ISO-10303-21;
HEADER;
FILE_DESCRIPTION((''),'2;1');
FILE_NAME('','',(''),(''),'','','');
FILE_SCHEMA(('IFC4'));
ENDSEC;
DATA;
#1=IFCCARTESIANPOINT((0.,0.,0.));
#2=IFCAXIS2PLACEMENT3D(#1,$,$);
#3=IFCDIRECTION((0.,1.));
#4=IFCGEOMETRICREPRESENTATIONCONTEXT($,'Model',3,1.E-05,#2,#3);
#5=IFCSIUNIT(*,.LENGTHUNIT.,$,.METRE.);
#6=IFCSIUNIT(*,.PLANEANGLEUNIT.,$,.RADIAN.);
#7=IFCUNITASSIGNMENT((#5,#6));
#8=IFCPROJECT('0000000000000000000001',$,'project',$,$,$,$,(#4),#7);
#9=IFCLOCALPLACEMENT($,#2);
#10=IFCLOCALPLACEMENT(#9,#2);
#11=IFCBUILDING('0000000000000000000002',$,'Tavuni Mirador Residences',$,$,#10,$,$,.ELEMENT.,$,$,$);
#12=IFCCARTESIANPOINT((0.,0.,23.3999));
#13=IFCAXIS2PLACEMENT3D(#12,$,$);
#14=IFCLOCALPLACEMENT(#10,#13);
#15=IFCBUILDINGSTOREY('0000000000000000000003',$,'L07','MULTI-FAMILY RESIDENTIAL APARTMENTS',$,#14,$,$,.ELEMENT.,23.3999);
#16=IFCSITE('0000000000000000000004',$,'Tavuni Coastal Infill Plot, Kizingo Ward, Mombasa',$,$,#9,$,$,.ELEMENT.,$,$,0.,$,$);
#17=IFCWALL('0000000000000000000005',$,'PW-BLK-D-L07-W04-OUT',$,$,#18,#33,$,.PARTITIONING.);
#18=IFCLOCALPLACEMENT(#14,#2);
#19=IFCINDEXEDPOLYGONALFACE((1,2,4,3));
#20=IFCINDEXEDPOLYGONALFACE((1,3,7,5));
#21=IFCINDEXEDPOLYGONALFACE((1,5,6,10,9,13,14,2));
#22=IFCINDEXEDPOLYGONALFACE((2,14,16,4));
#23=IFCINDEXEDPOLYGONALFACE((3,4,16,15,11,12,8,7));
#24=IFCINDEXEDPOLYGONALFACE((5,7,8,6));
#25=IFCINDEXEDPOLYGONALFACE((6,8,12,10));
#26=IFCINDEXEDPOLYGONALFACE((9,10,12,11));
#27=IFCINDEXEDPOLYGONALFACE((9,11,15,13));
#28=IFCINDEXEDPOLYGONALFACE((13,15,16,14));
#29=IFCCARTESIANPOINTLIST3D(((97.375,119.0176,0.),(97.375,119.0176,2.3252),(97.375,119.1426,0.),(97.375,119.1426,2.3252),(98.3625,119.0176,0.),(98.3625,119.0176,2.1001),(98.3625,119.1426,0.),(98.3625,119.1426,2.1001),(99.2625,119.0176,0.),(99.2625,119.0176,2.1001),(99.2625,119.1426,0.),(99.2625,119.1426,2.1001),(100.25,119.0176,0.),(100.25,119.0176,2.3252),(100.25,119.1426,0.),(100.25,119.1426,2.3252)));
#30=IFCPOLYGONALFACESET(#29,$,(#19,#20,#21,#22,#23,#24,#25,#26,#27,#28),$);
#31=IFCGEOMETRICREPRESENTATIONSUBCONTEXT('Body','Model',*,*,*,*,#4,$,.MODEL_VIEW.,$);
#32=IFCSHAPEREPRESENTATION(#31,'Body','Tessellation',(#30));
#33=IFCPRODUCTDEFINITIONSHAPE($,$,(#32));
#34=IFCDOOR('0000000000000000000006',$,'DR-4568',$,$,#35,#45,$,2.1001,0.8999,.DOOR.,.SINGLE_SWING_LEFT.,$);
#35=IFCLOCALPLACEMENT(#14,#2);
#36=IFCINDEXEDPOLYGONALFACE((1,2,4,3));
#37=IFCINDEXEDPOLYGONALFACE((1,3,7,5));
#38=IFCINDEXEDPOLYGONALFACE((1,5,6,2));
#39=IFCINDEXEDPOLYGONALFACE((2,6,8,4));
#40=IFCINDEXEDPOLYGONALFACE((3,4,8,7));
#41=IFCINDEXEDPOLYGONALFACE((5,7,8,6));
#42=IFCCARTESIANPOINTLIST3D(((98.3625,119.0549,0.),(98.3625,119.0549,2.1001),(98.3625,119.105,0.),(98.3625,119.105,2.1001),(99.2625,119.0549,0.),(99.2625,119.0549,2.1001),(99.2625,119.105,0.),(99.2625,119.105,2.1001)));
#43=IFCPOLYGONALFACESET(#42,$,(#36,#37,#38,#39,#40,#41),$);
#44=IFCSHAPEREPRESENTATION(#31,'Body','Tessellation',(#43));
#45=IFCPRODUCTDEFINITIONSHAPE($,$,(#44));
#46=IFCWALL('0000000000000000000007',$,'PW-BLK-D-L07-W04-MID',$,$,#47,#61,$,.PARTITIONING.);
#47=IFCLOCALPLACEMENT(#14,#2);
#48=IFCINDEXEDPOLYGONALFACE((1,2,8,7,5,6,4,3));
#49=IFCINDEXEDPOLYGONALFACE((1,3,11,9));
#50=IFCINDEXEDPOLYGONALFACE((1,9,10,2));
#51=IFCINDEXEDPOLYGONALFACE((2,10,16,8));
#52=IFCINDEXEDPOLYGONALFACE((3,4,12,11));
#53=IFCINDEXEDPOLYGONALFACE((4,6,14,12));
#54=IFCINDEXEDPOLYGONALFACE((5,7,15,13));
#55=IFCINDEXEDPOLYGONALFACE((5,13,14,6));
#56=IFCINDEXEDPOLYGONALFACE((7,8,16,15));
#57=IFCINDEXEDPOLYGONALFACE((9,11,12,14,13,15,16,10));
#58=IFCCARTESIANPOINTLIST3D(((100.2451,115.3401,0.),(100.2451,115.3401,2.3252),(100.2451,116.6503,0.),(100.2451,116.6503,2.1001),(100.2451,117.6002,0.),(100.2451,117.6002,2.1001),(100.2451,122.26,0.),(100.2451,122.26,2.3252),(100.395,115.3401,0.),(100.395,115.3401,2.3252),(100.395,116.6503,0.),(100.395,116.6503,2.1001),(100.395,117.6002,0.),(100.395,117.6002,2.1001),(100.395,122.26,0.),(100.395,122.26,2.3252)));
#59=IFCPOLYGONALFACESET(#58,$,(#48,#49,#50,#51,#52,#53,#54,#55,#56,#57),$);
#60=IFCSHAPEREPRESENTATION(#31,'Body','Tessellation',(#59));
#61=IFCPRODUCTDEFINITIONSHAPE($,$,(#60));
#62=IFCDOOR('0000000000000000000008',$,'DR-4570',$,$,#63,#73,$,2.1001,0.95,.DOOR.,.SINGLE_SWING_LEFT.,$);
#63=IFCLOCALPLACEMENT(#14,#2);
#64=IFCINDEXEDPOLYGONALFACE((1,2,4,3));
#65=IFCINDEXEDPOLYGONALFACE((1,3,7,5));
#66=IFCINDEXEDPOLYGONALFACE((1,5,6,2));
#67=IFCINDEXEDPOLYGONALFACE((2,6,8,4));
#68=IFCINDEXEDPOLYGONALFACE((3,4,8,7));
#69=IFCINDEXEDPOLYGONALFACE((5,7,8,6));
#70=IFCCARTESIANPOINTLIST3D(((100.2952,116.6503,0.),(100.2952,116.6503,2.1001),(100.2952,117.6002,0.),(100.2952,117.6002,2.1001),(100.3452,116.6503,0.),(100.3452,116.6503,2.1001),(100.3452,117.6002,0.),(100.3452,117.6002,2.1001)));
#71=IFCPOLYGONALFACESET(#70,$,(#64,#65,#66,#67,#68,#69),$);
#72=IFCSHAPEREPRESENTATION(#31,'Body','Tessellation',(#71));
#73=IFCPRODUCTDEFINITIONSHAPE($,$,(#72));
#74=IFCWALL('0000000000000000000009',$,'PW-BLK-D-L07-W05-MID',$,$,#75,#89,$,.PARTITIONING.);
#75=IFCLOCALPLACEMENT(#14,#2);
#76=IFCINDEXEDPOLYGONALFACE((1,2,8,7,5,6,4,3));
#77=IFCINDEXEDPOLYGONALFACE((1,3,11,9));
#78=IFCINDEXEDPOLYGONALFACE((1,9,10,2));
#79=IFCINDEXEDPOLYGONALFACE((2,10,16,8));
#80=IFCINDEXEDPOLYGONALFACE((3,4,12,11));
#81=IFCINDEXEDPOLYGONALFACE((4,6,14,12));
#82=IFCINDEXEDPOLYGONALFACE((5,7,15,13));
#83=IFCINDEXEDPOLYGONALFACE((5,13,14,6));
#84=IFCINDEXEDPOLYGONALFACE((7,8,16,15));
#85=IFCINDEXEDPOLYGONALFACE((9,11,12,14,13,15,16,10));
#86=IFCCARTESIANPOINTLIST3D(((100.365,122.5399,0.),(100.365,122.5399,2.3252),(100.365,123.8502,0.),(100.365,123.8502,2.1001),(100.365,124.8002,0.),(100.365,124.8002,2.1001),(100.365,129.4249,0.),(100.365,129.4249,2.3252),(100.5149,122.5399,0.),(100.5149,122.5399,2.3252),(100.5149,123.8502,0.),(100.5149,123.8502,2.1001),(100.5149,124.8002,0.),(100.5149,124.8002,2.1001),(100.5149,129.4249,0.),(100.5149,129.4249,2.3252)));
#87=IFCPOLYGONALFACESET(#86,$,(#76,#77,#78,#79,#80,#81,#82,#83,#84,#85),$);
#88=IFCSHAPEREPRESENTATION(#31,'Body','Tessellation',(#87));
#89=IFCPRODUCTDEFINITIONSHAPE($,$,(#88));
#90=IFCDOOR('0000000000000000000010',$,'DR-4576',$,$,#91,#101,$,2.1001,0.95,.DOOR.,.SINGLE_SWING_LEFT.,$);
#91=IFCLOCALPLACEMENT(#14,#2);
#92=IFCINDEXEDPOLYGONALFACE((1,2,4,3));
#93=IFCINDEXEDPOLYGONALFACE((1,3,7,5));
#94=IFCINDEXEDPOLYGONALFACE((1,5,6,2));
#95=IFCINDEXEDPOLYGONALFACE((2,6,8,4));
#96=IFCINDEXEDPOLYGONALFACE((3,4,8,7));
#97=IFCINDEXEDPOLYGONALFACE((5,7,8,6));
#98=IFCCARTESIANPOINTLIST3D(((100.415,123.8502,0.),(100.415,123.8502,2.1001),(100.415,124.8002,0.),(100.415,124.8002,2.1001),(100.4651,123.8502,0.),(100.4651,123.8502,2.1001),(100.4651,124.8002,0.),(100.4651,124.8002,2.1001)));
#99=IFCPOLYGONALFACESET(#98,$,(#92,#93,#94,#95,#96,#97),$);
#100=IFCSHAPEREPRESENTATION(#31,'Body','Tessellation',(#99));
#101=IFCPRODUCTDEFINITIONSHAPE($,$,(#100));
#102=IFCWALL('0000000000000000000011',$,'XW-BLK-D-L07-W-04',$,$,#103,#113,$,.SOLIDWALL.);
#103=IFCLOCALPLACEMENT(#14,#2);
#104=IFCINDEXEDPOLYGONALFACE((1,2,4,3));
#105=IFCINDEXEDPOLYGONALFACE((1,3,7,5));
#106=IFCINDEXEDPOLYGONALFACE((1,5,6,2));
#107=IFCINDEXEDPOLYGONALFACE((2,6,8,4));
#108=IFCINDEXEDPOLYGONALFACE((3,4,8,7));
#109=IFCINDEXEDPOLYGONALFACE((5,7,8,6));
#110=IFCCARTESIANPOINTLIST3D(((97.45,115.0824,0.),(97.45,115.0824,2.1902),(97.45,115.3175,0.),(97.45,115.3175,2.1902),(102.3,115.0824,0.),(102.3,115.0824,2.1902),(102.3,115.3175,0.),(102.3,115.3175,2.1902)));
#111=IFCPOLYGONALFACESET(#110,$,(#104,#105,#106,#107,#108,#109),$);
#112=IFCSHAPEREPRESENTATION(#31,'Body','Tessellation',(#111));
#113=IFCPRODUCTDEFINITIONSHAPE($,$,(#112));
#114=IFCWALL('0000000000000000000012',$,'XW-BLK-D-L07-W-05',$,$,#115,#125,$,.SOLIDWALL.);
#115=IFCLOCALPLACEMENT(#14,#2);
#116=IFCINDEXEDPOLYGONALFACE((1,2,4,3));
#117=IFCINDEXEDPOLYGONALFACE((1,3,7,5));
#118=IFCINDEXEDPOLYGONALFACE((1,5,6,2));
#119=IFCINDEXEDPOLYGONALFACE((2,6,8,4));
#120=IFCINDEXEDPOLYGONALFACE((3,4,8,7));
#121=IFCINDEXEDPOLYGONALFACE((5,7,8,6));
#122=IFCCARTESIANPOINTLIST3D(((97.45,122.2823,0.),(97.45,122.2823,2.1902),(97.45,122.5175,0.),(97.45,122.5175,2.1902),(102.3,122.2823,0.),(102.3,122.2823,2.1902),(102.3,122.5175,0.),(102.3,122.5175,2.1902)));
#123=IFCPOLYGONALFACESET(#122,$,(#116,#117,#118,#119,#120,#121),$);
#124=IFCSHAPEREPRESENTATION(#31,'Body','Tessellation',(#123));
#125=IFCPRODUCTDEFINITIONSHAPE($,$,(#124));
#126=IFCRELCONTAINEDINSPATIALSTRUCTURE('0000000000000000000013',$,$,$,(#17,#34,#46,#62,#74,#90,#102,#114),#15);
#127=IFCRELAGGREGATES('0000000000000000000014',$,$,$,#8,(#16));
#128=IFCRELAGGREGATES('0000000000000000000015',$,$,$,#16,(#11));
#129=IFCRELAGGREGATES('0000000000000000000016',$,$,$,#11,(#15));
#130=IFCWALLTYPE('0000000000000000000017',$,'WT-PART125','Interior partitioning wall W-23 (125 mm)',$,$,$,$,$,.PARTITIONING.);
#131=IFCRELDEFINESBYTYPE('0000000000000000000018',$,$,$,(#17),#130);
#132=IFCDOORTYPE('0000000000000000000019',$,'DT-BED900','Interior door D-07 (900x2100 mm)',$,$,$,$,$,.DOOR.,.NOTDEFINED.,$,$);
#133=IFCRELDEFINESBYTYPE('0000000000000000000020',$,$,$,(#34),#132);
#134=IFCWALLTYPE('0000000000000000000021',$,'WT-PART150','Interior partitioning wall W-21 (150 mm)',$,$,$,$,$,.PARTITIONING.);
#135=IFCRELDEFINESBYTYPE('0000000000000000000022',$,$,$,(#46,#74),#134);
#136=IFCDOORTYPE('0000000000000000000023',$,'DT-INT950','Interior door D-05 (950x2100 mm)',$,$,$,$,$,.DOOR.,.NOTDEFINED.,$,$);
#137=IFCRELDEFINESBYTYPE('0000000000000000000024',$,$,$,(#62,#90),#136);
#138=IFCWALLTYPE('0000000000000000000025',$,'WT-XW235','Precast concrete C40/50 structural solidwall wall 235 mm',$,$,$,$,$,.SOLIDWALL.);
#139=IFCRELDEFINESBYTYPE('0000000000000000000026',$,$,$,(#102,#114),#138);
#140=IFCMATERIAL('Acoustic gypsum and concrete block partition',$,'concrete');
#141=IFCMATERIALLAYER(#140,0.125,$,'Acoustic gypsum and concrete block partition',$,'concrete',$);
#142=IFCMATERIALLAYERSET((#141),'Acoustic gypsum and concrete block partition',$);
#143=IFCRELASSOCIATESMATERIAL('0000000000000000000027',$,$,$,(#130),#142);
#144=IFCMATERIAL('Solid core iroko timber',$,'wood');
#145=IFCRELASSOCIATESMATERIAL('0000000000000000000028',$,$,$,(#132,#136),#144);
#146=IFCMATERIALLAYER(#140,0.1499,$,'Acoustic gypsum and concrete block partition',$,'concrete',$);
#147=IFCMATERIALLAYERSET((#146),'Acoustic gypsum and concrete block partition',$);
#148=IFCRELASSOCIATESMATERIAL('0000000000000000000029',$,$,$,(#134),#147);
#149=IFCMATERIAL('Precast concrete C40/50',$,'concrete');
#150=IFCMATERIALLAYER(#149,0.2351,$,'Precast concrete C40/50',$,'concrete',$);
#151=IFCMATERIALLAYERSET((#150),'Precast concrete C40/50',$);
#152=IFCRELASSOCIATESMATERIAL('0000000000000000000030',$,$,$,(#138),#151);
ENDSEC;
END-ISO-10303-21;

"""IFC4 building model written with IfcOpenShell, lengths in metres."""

from ifc_helpers import new_model, si_unit, direction, frame, frame_2d, origin, place, context, subcontext, project, spatial, rectangle, extrude, material, layer, layer_set, type_object, element, fill, save


model = new_model("IFC4")

# Units and contexts
model_context = context("Model", 3, precision=1e-05, world=origin(), true_north=direction((0.0, 1.0)))
body_context = subcontext(model_context, "Body", "Model", "MODEL_VIEW")
ifc_project = project(units=[si_unit("LENGTHUNIT", "METRE"), si_unit("PLANEANGLEUNIT", "RADIAN")], contexts=[model_context])

# Site, building, storey
site_placement = place(None, origin())
site = spatial("IfcSite", under=ifc_project, at=site_placement, Name="Tavuni Coastal Infill Plot, Kizingo Ward, Mombasa", CompositionType="ELEMENT", RefElevation=0.0)
building_placement = place(site_placement, origin())
building = spatial("IfcBuilding", under=site, at=building_placement, Name="Tavuni Mirador Residences", CompositionType="ELEMENT")
storey_placement = place(building_placement, frame((0.0, 0.0, 23.3999)))
storey = spatial("IfcBuildingStorey", under=building, at=storey_placement, Name="L07", Description="MULTI-FAMILY RESIDENTIAL APARTMENTS", CompositionType="ELEMENT", Elevation=23.3999)

# Shared definitions
ifc_material_1 = material(Name="Precast concrete C40/50", Category="concrete")

# Shared definitions
ifc_material_2 = material(Name="Solid core iroko timber", Category="wood")

# Walls, openings, doors
ifc_material_3 = material(Name="Acoustic gypsum and concrete block partition", Category="concrete")
ifc_layer_1 = layer(ifc_material_3, 0.125, Name="Acoustic gypsum and concrete block partition", Category="concrete")
ifc_layer_set_1 = layer_set([ifc_layer_1], Name="Acoustic gypsum and concrete block partition")
wall_type_1 = type_object("IfcWallType", Name="WT-PART125", Description="Interior partitioning wall W-23 (125 mm)", PredefinedType="PARTITIONING", material=ifc_layer_set_1)
wall_1_placement = place(storey_placement, frame((97.375, 119.0801, 0.0), z_axis=(0.0, 0.0, 1.0), x_axis=(1.0, 0.0, 0.0)))
wall_1 = element("IfcWall", 1, at=wall_1_placement, inside=storey, type_object=wall_type_1, Name="PW-BLK-D-L07-W04-OUT", PredefinedType="PARTITIONING", context=body_context, shape_type="SweptSolid", body=[
    extrude(rectangle(XDim=2.875, YDim=0.125, at=frame_2d((1.4375, 0.0))), origin(), (0.0, 0.0, 1.0), 2.3252),
])
opening_1_placement = place(wall_1_placement, frame((0.9875, 0.0, 0.0)))
opening_1 = element("IfcOpeningElement", 2, at=opening_1_placement, cuts=wall_1, PredefinedType="OPENING", context=body_context, shape_type="SweptSolid", body=[
    extrude(rectangle(XDim=0.8999, YDim=2.1001, at=frame_2d((0.45, 1.05))), frame((0.0, 0.0725, 0.0), z_axis=(0.0, -1.0, 0.0), x_axis=(1.0, 0.0, 0.0)), (0.0, 0.0, 1.0), 0.145),
])
door_type_1 = type_object("IfcDoorType", Name="DT-BED900", Description="Interior door D-07 (900x2100 mm)", OperationType="NOTDEFINED", PredefinedType="DOOR", material=ifc_material_2)
door_1_placement = place(opening_1_placement, origin())
door_1 = element("IfcDoor", 3, at=door_1_placement, inside=storey, type_object=door_type_1, Name="DR-4568", OperationType="SINGLE_SWING_LEFT", OverallHeight=2.1001, OverallWidth=0.8999, PredefinedType="DOOR", context=body_context, shape_type="SweptSolid", body=[
    extrude(rectangle(XDim=0.8999, YDim=2.1001, at=frame_2d((0.45, 1.05))), frame((0.0, 0.0249, 0.0), z_axis=(0.0, -1.0, 0.0), x_axis=(1.0, 0.0, 0.0)), (0.0, 0.0, 1.0), 0.05),
])
fill(opening_1, door_1)
ifc_layer_2 = layer(ifc_material_3, 0.1499, Name="Acoustic gypsum and concrete block partition", Category="concrete")
ifc_layer_set_2 = layer_set([ifc_layer_2], Name="Acoustic gypsum and concrete block partition")
wall_type_2 = type_object("IfcWallType", Name="WT-PART150", Description="Interior partitioning wall W-21 (150 mm)", PredefinedType="PARTITIONING", material=ifc_layer_set_2)
wall_2_placement = place(storey_placement, frame((100.3201, 115.3401, 0.0), z_axis=(0.0, 0.0, 1.0), x_axis=(0.0, 1.0, 0.0)))
wall_2 = element("IfcWall", 4, at=wall_2_placement, inside=storey, type_object=wall_type_2, Name="PW-BLK-D-L07-W04-MID", PredefinedType="PARTITIONING", context=body_context, shape_type="SweptSolid", body=[
    extrude(rectangle(XDim=6.9199, YDim=0.1499, at=frame_2d((3.46, 0.0))), origin(), (0.0, 0.0, 1.0), 2.3252),
])
opening_2_placement = place(wall_2_placement, frame((1.3101, 0.0, 0.0)))
opening_2 = element("IfcOpeningElement", 5, at=opening_2_placement, cuts=wall_2, PredefinedType="OPENING", context=body_context, shape_type="SweptSolid", body=[
    extrude(rectangle(XDim=0.95, YDim=2.1001, at=frame_2d((0.4751, 1.05))), frame((0.0, 0.085, 0.0), z_axis=(0.0, -1.0, 0.0), x_axis=(1.0, 0.0, 0.0)), (0.0, 0.0, 1.0), 0.1699),
])
door_type_2 = type_object("IfcDoorType", Name="DT-INT950", Description="Interior door D-05 (950x2100 mm)", OperationType="NOTDEFINED", PredefinedType="DOOR", material=ifc_material_2)
door_2_placement = place(opening_2_placement, origin())
door_2 = element("IfcDoor", 6, at=door_2_placement, inside=storey, type_object=door_type_2, Name="DR-4570", OperationType="SINGLE_SWING_LEFT", OverallHeight=2.1001, OverallWidth=0.95, PredefinedType="DOOR", context=body_context, shape_type="SweptSolid", body=[
    extrude(rectangle(XDim=0.95, YDim=2.1001, at=frame_2d((0.4751, 1.05))), frame((0.0, 0.0249, 0.0), z_axis=(0.0, -1.0, 0.0), x_axis=(1.0, 0.0, 0.0)), (0.0, 0.0, 1.0), 0.05),
])
fill(opening_2, door_2)
wall_3_placement = place(storey_placement, frame((100.4399, 122.54, 0.0), z_axis=(0.0, 0.0, 1.0), x_axis=(0.0, 1.0, 0.0)))
wall_3 = element("IfcWall", 7, at=wall_3_placement, inside=storey, type_object=wall_type_2, Name="PW-BLK-D-L07-W05-MID", PredefinedType="PARTITIONING", context=body_context, shape_type="SweptSolid", body=[
    extrude(rectangle(XDim=6.885, YDim=0.1499, at=frame_2d((3.4424, 0.0))), origin(), (0.0, 0.0, 1.0), 2.3252),
])
opening_3_placement = place(wall_3_placement, frame((1.3101, 0.0, 0.0)))
opening_3 = element("IfcOpeningElement", 8, at=opening_3_placement, cuts=wall_3, PredefinedType="OPENING", context=body_context, shape_type="SweptSolid", body=[
    extrude(rectangle(XDim=0.95, YDim=2.1001, at=frame_2d((0.4751, 1.05))), frame((0.0, 0.085, 0.0), z_axis=(0.0, -1.0, 0.0), x_axis=(1.0, 0.0, 0.0)), (0.0, 0.0, 1.0), 0.1699),
])
door_3_placement = place(opening_3_placement, origin())
door_3 = element("IfcDoor", 9, at=door_3_placement, inside=storey, type_object=door_type_2, Name="DR-4576", OperationType="SINGLE_SWING_LEFT", OverallHeight=2.1001, OverallWidth=0.95, PredefinedType="DOOR", context=body_context, shape_type="SweptSolid", body=[
    extrude(rectangle(XDim=0.95, YDim=2.1001, at=frame_2d((0.4751, 1.05))), frame((0.0, 0.0249, 0.0), z_axis=(0.0, -1.0, 0.0), x_axis=(1.0, 0.0, 0.0)), (0.0, 0.0, 1.0), 0.05),
])
fill(opening_3, door_3)

# Walls
ifc_layer_3 = layer(ifc_material_1, 0.2351, Name="Precast concrete C40/50", Category="concrete")
ifc_layer_set_3 = layer_set([ifc_layer_3], Name="Precast concrete C40/50")
wall_type_3 = type_object("IfcWallType", Name="WT-XW235", Description="Precast concrete C40/50 structural solidwall wall 235 mm", PredefinedType="SOLIDWALL", material=ifc_layer_set_3)
for number, where, z_axis, x_axis, name in (
    (10, (97.45, 115.2, 0.0), (0.0, 0.0, 1.0), (1.0, 0.0, 0.0), "XW-BLK-D-L07-W-04"),
    (11, (97.45, 122.3999, 0.0), (0.0, 0.0, 1.0), (1.0, 0.0, 0.0), "XW-BLK-D-L07-W-05"),
):
    element("IfcWall", number, at=place(storey_placement, frame(where, z_axis=z_axis, x_axis=x_axis)), inside=storey, type_object=wall_type_3, Name=name, PredefinedType="SOLIDWALL", context=body_context, shape_type="SweptSolid", body=[
        extrude(rectangle(XDim=4.8501, YDim=0.2351, at=frame_2d((2.425, 0.0))), origin(), (0.0, 0.0, 1.0), 2.1902),
    ])

save(model, "model.ifc")
